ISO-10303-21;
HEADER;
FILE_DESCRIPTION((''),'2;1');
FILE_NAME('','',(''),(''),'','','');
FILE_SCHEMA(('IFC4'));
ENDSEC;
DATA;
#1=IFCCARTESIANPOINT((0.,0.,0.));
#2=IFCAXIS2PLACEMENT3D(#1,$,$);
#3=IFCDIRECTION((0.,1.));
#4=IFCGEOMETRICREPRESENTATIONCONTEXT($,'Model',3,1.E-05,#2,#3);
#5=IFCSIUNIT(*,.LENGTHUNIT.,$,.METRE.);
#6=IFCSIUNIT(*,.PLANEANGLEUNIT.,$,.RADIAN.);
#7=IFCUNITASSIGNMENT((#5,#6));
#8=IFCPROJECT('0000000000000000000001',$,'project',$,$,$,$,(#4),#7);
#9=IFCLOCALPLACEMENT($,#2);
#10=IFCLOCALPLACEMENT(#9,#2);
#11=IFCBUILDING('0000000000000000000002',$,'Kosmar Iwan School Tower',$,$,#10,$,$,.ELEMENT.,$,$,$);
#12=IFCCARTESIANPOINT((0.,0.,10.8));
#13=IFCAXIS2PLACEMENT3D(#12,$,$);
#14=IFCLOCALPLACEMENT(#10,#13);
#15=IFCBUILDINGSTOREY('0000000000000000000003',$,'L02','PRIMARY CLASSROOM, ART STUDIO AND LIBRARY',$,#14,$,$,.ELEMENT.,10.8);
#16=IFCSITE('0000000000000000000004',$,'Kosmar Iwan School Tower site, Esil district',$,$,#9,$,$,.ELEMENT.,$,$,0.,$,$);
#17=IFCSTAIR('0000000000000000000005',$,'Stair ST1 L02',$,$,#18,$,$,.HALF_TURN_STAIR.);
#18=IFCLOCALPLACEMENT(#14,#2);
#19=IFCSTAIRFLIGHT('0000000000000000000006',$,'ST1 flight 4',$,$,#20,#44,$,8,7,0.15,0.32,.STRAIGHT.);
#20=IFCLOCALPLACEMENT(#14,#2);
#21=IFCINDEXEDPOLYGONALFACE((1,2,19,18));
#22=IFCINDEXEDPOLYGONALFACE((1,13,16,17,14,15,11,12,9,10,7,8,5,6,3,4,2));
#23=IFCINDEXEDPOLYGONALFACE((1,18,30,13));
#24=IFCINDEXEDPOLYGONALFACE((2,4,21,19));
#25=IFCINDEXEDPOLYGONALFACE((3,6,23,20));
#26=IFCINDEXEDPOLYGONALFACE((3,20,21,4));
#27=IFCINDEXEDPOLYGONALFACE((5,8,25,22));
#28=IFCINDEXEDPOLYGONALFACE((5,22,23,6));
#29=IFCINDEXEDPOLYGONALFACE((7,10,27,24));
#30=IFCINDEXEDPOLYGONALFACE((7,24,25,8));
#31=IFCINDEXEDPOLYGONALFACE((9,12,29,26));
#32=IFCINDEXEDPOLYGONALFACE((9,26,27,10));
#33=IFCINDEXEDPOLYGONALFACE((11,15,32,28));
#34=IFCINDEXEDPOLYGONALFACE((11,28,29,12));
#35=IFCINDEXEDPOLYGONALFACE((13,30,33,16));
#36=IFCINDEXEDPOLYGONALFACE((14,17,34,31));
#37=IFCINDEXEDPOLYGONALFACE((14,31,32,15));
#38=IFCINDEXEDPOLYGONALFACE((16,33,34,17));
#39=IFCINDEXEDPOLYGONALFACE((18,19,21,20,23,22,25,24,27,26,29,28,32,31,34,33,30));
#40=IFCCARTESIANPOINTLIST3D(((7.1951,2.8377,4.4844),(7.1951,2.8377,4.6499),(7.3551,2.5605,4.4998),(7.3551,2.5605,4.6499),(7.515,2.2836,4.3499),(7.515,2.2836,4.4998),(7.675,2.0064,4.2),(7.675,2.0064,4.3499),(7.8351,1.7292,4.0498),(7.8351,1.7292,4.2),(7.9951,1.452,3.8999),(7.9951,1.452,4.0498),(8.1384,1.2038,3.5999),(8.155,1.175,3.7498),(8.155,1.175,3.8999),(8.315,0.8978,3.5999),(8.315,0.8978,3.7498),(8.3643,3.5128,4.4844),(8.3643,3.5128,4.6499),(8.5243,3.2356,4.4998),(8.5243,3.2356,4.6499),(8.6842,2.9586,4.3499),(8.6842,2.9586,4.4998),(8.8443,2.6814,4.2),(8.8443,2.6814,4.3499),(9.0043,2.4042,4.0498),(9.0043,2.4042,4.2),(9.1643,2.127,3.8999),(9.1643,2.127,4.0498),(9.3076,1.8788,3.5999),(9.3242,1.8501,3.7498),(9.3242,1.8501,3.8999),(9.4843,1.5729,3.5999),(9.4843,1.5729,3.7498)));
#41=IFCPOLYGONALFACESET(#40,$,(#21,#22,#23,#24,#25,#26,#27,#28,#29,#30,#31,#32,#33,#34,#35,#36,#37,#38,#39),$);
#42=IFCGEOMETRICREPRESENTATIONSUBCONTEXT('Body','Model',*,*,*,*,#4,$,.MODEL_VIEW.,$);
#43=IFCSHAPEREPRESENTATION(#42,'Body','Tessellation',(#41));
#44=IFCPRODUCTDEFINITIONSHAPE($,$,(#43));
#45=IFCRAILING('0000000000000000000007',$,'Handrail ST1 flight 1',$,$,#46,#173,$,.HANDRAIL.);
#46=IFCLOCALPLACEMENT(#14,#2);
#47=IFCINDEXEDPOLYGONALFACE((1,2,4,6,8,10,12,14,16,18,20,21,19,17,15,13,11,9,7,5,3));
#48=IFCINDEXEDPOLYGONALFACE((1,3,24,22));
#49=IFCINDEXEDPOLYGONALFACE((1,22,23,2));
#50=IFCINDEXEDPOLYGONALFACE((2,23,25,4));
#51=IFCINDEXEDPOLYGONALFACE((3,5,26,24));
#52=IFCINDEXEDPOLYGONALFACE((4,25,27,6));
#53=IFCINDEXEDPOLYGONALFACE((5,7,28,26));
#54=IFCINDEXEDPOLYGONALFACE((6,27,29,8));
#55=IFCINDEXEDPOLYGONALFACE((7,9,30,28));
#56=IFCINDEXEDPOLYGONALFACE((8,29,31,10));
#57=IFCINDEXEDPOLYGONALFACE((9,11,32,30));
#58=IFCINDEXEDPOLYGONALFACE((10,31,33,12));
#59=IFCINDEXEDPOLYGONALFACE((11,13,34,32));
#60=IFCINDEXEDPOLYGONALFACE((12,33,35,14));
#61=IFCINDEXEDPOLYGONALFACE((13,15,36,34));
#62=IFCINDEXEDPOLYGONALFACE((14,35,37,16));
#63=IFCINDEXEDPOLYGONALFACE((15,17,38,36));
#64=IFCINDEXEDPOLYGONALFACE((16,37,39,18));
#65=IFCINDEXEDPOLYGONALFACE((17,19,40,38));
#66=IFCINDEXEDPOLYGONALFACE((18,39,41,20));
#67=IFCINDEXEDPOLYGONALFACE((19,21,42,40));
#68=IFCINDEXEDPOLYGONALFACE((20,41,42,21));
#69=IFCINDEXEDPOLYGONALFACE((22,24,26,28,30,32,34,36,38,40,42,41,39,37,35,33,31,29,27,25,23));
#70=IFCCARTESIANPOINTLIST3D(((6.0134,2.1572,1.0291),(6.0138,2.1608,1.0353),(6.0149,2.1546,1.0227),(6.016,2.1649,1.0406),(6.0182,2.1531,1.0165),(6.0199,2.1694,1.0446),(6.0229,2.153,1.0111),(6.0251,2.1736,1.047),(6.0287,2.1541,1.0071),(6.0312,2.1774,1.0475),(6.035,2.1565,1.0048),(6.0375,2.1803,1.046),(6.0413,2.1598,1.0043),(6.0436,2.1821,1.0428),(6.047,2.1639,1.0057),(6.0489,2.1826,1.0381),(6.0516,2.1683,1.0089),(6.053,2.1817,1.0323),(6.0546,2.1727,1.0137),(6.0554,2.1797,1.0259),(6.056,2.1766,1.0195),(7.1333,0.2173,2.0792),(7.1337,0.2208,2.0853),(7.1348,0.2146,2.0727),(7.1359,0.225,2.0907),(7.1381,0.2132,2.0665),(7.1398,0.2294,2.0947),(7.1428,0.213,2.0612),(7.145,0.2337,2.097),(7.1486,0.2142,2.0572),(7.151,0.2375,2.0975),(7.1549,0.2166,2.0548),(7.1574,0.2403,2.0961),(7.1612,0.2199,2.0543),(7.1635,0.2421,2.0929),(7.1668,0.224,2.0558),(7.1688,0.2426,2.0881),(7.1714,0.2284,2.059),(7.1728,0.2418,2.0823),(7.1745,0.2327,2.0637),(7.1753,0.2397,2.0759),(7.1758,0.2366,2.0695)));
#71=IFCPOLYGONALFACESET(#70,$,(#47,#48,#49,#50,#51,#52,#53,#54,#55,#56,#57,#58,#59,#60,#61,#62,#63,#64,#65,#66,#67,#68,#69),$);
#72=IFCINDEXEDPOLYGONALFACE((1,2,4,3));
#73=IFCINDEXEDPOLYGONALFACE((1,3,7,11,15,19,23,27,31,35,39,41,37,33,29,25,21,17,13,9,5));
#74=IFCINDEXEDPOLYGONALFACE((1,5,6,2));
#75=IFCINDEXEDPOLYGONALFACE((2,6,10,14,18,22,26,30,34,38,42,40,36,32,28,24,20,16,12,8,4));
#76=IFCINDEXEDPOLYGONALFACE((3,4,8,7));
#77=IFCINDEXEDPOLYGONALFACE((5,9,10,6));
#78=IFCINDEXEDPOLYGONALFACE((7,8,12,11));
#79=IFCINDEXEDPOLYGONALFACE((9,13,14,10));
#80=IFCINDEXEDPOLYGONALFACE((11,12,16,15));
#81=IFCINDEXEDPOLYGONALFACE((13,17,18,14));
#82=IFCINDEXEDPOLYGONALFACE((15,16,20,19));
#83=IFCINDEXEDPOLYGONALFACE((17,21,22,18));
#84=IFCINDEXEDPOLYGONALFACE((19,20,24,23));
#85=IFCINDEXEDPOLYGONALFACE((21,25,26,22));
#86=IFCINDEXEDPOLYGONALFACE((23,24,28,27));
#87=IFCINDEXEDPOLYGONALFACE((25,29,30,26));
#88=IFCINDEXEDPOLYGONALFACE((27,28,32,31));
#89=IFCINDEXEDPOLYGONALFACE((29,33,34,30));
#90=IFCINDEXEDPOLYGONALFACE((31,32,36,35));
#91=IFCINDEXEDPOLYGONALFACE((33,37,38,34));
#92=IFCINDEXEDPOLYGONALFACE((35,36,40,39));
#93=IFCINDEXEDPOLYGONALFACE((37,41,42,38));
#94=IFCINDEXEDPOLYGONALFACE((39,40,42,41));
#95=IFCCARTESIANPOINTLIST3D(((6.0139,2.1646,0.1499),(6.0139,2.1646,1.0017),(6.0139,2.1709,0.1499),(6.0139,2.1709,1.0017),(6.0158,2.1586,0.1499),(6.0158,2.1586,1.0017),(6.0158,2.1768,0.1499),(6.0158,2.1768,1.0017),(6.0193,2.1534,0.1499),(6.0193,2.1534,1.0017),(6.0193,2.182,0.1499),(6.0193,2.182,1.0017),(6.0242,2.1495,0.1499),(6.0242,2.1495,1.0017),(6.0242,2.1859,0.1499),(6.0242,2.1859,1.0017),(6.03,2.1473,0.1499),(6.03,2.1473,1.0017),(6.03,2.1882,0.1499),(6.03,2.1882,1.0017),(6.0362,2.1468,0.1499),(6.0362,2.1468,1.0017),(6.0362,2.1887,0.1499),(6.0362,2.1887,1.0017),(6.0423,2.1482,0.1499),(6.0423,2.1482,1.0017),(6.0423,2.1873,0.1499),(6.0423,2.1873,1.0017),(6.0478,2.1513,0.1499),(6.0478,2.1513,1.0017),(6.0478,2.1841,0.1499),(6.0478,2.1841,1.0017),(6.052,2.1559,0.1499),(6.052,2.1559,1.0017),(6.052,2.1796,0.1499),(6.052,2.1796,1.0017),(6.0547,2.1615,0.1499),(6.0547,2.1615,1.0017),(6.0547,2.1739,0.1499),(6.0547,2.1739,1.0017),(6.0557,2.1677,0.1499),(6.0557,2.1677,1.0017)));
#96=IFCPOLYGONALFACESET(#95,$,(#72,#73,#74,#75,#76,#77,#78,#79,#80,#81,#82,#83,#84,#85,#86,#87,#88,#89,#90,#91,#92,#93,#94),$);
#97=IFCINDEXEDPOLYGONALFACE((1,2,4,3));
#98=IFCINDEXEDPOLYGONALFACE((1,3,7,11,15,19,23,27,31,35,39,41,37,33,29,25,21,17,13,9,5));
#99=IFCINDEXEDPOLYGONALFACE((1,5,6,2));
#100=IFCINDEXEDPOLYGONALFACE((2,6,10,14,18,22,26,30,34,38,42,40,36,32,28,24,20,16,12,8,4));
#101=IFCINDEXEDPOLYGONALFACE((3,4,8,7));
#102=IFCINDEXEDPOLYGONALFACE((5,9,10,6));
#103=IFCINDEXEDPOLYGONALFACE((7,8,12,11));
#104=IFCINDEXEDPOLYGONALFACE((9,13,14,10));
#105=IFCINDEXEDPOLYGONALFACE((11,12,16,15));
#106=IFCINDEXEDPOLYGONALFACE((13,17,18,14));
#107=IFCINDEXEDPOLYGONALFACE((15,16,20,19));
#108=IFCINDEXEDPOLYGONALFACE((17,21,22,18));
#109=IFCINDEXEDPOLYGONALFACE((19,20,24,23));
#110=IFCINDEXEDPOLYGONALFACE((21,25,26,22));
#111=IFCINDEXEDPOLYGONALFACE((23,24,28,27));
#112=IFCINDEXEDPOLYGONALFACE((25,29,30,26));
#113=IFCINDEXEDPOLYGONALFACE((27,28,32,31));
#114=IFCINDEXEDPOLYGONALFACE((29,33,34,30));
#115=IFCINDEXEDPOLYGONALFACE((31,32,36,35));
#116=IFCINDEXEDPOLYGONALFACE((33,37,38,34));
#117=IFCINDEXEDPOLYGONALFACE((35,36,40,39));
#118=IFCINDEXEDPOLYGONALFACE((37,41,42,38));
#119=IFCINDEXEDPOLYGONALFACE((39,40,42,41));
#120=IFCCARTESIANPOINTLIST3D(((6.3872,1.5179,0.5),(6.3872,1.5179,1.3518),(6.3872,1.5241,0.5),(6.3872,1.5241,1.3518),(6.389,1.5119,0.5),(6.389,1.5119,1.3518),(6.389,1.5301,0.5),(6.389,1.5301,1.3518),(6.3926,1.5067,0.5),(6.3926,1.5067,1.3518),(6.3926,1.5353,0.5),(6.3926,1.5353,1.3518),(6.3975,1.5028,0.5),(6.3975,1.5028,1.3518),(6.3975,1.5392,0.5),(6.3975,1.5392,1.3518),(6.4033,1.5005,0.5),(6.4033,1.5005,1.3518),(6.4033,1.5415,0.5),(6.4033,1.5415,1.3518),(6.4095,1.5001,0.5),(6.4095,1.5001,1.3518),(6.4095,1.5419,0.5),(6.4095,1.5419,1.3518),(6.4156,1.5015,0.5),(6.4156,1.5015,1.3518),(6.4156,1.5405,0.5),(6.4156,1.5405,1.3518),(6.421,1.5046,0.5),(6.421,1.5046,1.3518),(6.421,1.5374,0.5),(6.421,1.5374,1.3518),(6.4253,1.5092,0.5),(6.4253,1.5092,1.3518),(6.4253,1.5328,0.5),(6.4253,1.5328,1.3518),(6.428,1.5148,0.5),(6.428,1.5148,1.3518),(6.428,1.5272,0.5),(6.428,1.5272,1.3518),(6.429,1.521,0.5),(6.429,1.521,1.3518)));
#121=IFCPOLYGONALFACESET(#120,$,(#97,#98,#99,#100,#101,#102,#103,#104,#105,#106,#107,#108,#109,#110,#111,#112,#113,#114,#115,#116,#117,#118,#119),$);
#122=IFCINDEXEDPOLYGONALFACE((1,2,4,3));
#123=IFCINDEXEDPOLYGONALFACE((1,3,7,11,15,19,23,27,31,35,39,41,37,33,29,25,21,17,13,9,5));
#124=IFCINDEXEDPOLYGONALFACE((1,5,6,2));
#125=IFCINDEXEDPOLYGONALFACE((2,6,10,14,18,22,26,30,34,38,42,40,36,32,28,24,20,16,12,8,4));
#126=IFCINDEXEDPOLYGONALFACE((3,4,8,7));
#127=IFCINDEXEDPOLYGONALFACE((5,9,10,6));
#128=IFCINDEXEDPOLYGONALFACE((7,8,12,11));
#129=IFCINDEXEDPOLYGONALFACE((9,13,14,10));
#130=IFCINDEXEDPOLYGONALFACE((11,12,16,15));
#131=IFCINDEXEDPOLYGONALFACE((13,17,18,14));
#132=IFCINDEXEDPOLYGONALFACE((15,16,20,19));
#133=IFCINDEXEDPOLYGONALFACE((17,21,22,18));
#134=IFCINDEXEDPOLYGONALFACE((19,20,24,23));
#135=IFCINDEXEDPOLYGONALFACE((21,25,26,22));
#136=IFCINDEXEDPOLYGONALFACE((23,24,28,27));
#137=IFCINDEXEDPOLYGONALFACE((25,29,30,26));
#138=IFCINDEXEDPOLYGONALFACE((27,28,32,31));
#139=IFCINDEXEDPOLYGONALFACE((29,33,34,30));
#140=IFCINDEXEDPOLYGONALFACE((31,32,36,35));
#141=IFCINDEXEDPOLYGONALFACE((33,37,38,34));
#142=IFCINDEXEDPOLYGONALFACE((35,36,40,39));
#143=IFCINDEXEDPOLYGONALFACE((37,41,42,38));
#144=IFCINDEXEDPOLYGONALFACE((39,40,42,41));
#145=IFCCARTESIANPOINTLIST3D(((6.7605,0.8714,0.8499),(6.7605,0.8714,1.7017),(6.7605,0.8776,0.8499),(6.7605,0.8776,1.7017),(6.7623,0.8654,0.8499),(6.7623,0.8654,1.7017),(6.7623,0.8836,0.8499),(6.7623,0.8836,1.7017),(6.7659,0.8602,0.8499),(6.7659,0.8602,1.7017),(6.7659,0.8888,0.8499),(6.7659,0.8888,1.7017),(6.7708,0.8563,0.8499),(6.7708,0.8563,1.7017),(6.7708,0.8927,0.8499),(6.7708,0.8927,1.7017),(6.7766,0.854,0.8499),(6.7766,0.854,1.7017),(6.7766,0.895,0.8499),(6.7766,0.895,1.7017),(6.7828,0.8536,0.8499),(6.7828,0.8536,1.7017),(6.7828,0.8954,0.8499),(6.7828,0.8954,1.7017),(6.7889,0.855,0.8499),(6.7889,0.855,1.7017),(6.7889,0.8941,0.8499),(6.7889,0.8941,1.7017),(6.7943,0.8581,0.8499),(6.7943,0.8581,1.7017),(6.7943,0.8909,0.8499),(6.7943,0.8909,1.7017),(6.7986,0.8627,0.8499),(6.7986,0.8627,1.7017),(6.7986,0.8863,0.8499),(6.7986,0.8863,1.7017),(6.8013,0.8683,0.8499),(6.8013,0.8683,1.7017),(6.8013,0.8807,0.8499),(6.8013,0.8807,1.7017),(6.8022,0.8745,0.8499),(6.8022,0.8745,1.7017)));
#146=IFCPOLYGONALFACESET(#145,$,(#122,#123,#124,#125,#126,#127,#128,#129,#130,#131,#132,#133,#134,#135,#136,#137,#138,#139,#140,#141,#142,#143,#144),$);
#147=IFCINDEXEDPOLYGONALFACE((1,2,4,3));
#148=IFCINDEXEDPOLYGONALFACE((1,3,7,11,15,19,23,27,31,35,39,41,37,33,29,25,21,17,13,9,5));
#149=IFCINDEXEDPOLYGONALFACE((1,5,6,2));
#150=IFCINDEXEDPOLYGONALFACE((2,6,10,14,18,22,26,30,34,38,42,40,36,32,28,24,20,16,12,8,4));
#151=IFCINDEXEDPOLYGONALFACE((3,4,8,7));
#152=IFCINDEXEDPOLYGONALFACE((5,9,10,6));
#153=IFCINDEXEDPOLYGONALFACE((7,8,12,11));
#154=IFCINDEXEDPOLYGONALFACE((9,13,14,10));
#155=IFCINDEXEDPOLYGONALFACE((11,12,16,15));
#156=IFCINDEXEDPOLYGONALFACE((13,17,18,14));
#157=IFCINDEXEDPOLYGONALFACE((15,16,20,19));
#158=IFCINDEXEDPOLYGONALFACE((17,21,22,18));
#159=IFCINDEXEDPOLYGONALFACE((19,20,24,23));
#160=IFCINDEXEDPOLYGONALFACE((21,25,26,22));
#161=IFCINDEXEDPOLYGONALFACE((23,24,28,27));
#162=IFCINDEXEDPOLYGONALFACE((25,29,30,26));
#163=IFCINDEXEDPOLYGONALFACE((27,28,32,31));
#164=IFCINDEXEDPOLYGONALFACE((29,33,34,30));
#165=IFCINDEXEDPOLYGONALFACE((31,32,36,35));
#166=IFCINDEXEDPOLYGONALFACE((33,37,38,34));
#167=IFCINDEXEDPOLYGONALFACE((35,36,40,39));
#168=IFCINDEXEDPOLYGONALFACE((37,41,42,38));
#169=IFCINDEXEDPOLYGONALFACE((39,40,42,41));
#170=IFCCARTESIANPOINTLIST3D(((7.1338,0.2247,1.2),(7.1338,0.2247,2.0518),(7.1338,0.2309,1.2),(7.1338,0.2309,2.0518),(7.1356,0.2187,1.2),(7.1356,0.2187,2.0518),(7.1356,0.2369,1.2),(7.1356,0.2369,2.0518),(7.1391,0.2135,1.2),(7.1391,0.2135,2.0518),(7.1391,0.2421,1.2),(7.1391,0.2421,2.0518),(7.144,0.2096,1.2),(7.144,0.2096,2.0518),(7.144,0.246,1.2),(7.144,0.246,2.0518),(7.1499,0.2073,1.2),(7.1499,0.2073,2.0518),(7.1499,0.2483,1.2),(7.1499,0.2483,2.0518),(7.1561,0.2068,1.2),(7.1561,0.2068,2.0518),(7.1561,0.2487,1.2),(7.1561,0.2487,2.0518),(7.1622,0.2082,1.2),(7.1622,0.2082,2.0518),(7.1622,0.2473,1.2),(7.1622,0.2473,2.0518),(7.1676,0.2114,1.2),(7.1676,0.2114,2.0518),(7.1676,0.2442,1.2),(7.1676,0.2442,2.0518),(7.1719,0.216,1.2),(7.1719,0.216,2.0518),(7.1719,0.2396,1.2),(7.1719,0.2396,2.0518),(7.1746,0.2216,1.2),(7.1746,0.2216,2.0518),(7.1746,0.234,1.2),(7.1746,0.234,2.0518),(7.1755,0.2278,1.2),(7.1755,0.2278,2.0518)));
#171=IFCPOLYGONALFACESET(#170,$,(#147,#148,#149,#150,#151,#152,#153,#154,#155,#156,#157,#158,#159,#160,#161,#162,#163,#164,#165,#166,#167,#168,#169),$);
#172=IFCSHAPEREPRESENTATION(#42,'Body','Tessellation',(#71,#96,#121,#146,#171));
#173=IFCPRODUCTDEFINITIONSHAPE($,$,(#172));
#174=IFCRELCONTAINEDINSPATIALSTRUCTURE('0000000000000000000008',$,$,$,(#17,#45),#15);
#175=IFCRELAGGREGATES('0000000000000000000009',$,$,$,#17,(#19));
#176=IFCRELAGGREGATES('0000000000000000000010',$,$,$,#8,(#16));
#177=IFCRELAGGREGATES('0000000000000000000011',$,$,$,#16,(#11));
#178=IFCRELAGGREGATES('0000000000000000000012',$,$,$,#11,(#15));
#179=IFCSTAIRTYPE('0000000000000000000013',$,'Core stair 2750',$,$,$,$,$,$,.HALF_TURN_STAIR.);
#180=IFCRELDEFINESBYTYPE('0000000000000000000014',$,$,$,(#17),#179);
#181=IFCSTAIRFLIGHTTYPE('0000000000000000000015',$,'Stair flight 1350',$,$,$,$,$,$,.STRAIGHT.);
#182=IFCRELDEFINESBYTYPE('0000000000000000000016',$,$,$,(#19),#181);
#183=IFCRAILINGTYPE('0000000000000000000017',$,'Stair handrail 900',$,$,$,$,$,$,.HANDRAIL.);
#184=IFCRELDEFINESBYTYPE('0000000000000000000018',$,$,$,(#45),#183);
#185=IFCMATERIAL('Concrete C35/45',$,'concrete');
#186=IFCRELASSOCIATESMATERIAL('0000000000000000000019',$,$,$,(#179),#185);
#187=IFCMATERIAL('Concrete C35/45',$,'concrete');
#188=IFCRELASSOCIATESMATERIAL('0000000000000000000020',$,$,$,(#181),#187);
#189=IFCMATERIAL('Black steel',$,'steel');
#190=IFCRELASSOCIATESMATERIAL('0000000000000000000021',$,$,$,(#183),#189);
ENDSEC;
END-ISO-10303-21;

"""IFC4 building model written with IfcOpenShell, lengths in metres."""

from ifc_helpers import new_model, si_unit, direction, frame, origin, origin_2d, place, context, subcontext, project, spatial, polyline, circle, outline, extrude, material, type_object, element, aggregate, save


model = new_model("IFC4")

# Units and contexts
model_context = context("Model", 3, precision=1e-05, world=origin(), true_north=direction((0.0, 1.0)))
body_context = subcontext(model_context, "Body", "Model", "MODEL_VIEW")
ifc_project = project(units=[si_unit("LENGTHUNIT", "METRE"), si_unit("PLANEANGLEUNIT", "RADIAN")], contexts=[model_context])

# Site, building, storey
site_placement = place(None, origin())
site = spatial("IfcSite", under=ifc_project, at=site_placement, Name="Kosmar Iwan School Tower site, Esil district", CompositionType="ELEMENT", RefElevation=0.0)
building_placement = place(site_placement, origin())
building = spatial("IfcBuilding", under=site, at=building_placement, Name="Kosmar Iwan School Tower", CompositionType="ELEMENT")
storey_placement = place(building_placement, frame((0.0, 0.0, 10.8)))
storey = spatial("IfcBuildingStorey", under=building, at=storey_placement, Name="L02", Description="PRIMARY CLASSROOM, ART STUDIO AND LIBRARY", CompositionType="ELEMENT", Elevation=10.8)

# Stair, stair flight
ifc_material_1 = material(Name="Concrete C35/45", Category="concrete")
stair_type = type_object("IfcStairType", Name="Core stair 2750", PredefinedType="HALF_TURN_STAIR", material=ifc_material_1)
stair_placement = place(storey_placement, origin())
stair = element("IfcStair", 1, at=stair_placement, inside=storey, type_object=stair_type, Name="Stair ST1 L02", PredefinedType="HALF_TURN_STAIR")
ifc_material_2 = material(Name="Concrete C35/45", Category="concrete")
stair_flight_type = type_object("IfcStairFlightType", Name="Stair flight 1350", PredefinedType="STRAIGHT", material=ifc_material_2)
stair_flight_1_placement = place(storey_placement, frame((8.8997, 1.2354, 3.5999), z_axis=(0.0, 0.0, 1.0), x_axis=(-0.5, 0.866025, 0.0)))
stair_flight_1 = element("IfcStairFlight", 2, at=stair_flight_1_placement, type_object=stair_flight_type, Name="ST1 flight 4", NumberOfRisers=8, NumberOfTreads=7, PredefinedType="STRAIGHT", RiserHeight=0.15, TreadLength=0.32, context=body_context, shape_type="SweptSolid", body=[
    extrude(outline(polyline([(0.0, 0.0), (0.0, 0.1499), (0.3201, 0.1499), (0.3201, 0.3), (0.6399, 0.3), (0.6399, 0.45), (0.96, 0.45), (0.96, 0.6001), (1.28, 0.6001), (1.28, 0.75), (1.6001, 0.75), (1.6001, 0.8999), (1.9199, 0.8999), (1.9199, 1.05), (2.24, 1.05), (2.24, 1.2), (2.24, 0.8845), (0.3533, 0.0), (0.0, 0.0)])), frame((0.0, 0.675, 0.0), z_axis=(0.0, -1.0, 0.0), x_axis=(1.0, 0.0, 0.0)), (0.0, 0.0, 1.0), 1.3501),
])
aggregate(stair, [stair_flight_1])

# Railing
ifc_material_3 = material(Name="Black steel", Category="steel")
railing_type = type_object("IfcRailingType", Name="Stair handrail 900", PredefinedType="HANDRAIL", material=ifc_material_3)
railing_1_placement = place(storey_placement, frame((6.0347, 2.1677, 0.1499)))
element("IfcRailing", 3, at=railing_1_placement, inside=storey, type_object=railing_type, Name="Handrail ST1 flight 1", PredefinedType="HANDRAIL", context=body_context, shape_type="SweptSolid", body=[
    extrude(circle(Radius=0.0239, at=origin_2d()), frame((0.0, 0.0, 0.876), z_axis=(0.452678, -0.784169, 0.424454), x_axis=(0.866055, 0.499949, 0.0)), (0.0, 0.0, 1.0), 2.4739),
    extrude(circle(Radius=0.021, at=origin_2d()), origin(), (0.0, 0.0, 1.0), 0.8518),
    extrude(circle(Radius=0.021, at=origin_2d()), frame((0.3733, -0.6467, 0.3501)), (0.0, 0.0, 1.0), 0.8518),
    extrude(circle(Radius=0.021, at=origin_2d()), frame((0.7466, -1.2932, 0.7)), (0.0, 0.0, 1.0), 0.8518),
    extrude(circle(Radius=0.021, at=origin_2d()), frame((1.1199, -1.9399, 1.05)), (0.0, 0.0, 1.0), 0.8518),
])

save(model, "model.ifc")
